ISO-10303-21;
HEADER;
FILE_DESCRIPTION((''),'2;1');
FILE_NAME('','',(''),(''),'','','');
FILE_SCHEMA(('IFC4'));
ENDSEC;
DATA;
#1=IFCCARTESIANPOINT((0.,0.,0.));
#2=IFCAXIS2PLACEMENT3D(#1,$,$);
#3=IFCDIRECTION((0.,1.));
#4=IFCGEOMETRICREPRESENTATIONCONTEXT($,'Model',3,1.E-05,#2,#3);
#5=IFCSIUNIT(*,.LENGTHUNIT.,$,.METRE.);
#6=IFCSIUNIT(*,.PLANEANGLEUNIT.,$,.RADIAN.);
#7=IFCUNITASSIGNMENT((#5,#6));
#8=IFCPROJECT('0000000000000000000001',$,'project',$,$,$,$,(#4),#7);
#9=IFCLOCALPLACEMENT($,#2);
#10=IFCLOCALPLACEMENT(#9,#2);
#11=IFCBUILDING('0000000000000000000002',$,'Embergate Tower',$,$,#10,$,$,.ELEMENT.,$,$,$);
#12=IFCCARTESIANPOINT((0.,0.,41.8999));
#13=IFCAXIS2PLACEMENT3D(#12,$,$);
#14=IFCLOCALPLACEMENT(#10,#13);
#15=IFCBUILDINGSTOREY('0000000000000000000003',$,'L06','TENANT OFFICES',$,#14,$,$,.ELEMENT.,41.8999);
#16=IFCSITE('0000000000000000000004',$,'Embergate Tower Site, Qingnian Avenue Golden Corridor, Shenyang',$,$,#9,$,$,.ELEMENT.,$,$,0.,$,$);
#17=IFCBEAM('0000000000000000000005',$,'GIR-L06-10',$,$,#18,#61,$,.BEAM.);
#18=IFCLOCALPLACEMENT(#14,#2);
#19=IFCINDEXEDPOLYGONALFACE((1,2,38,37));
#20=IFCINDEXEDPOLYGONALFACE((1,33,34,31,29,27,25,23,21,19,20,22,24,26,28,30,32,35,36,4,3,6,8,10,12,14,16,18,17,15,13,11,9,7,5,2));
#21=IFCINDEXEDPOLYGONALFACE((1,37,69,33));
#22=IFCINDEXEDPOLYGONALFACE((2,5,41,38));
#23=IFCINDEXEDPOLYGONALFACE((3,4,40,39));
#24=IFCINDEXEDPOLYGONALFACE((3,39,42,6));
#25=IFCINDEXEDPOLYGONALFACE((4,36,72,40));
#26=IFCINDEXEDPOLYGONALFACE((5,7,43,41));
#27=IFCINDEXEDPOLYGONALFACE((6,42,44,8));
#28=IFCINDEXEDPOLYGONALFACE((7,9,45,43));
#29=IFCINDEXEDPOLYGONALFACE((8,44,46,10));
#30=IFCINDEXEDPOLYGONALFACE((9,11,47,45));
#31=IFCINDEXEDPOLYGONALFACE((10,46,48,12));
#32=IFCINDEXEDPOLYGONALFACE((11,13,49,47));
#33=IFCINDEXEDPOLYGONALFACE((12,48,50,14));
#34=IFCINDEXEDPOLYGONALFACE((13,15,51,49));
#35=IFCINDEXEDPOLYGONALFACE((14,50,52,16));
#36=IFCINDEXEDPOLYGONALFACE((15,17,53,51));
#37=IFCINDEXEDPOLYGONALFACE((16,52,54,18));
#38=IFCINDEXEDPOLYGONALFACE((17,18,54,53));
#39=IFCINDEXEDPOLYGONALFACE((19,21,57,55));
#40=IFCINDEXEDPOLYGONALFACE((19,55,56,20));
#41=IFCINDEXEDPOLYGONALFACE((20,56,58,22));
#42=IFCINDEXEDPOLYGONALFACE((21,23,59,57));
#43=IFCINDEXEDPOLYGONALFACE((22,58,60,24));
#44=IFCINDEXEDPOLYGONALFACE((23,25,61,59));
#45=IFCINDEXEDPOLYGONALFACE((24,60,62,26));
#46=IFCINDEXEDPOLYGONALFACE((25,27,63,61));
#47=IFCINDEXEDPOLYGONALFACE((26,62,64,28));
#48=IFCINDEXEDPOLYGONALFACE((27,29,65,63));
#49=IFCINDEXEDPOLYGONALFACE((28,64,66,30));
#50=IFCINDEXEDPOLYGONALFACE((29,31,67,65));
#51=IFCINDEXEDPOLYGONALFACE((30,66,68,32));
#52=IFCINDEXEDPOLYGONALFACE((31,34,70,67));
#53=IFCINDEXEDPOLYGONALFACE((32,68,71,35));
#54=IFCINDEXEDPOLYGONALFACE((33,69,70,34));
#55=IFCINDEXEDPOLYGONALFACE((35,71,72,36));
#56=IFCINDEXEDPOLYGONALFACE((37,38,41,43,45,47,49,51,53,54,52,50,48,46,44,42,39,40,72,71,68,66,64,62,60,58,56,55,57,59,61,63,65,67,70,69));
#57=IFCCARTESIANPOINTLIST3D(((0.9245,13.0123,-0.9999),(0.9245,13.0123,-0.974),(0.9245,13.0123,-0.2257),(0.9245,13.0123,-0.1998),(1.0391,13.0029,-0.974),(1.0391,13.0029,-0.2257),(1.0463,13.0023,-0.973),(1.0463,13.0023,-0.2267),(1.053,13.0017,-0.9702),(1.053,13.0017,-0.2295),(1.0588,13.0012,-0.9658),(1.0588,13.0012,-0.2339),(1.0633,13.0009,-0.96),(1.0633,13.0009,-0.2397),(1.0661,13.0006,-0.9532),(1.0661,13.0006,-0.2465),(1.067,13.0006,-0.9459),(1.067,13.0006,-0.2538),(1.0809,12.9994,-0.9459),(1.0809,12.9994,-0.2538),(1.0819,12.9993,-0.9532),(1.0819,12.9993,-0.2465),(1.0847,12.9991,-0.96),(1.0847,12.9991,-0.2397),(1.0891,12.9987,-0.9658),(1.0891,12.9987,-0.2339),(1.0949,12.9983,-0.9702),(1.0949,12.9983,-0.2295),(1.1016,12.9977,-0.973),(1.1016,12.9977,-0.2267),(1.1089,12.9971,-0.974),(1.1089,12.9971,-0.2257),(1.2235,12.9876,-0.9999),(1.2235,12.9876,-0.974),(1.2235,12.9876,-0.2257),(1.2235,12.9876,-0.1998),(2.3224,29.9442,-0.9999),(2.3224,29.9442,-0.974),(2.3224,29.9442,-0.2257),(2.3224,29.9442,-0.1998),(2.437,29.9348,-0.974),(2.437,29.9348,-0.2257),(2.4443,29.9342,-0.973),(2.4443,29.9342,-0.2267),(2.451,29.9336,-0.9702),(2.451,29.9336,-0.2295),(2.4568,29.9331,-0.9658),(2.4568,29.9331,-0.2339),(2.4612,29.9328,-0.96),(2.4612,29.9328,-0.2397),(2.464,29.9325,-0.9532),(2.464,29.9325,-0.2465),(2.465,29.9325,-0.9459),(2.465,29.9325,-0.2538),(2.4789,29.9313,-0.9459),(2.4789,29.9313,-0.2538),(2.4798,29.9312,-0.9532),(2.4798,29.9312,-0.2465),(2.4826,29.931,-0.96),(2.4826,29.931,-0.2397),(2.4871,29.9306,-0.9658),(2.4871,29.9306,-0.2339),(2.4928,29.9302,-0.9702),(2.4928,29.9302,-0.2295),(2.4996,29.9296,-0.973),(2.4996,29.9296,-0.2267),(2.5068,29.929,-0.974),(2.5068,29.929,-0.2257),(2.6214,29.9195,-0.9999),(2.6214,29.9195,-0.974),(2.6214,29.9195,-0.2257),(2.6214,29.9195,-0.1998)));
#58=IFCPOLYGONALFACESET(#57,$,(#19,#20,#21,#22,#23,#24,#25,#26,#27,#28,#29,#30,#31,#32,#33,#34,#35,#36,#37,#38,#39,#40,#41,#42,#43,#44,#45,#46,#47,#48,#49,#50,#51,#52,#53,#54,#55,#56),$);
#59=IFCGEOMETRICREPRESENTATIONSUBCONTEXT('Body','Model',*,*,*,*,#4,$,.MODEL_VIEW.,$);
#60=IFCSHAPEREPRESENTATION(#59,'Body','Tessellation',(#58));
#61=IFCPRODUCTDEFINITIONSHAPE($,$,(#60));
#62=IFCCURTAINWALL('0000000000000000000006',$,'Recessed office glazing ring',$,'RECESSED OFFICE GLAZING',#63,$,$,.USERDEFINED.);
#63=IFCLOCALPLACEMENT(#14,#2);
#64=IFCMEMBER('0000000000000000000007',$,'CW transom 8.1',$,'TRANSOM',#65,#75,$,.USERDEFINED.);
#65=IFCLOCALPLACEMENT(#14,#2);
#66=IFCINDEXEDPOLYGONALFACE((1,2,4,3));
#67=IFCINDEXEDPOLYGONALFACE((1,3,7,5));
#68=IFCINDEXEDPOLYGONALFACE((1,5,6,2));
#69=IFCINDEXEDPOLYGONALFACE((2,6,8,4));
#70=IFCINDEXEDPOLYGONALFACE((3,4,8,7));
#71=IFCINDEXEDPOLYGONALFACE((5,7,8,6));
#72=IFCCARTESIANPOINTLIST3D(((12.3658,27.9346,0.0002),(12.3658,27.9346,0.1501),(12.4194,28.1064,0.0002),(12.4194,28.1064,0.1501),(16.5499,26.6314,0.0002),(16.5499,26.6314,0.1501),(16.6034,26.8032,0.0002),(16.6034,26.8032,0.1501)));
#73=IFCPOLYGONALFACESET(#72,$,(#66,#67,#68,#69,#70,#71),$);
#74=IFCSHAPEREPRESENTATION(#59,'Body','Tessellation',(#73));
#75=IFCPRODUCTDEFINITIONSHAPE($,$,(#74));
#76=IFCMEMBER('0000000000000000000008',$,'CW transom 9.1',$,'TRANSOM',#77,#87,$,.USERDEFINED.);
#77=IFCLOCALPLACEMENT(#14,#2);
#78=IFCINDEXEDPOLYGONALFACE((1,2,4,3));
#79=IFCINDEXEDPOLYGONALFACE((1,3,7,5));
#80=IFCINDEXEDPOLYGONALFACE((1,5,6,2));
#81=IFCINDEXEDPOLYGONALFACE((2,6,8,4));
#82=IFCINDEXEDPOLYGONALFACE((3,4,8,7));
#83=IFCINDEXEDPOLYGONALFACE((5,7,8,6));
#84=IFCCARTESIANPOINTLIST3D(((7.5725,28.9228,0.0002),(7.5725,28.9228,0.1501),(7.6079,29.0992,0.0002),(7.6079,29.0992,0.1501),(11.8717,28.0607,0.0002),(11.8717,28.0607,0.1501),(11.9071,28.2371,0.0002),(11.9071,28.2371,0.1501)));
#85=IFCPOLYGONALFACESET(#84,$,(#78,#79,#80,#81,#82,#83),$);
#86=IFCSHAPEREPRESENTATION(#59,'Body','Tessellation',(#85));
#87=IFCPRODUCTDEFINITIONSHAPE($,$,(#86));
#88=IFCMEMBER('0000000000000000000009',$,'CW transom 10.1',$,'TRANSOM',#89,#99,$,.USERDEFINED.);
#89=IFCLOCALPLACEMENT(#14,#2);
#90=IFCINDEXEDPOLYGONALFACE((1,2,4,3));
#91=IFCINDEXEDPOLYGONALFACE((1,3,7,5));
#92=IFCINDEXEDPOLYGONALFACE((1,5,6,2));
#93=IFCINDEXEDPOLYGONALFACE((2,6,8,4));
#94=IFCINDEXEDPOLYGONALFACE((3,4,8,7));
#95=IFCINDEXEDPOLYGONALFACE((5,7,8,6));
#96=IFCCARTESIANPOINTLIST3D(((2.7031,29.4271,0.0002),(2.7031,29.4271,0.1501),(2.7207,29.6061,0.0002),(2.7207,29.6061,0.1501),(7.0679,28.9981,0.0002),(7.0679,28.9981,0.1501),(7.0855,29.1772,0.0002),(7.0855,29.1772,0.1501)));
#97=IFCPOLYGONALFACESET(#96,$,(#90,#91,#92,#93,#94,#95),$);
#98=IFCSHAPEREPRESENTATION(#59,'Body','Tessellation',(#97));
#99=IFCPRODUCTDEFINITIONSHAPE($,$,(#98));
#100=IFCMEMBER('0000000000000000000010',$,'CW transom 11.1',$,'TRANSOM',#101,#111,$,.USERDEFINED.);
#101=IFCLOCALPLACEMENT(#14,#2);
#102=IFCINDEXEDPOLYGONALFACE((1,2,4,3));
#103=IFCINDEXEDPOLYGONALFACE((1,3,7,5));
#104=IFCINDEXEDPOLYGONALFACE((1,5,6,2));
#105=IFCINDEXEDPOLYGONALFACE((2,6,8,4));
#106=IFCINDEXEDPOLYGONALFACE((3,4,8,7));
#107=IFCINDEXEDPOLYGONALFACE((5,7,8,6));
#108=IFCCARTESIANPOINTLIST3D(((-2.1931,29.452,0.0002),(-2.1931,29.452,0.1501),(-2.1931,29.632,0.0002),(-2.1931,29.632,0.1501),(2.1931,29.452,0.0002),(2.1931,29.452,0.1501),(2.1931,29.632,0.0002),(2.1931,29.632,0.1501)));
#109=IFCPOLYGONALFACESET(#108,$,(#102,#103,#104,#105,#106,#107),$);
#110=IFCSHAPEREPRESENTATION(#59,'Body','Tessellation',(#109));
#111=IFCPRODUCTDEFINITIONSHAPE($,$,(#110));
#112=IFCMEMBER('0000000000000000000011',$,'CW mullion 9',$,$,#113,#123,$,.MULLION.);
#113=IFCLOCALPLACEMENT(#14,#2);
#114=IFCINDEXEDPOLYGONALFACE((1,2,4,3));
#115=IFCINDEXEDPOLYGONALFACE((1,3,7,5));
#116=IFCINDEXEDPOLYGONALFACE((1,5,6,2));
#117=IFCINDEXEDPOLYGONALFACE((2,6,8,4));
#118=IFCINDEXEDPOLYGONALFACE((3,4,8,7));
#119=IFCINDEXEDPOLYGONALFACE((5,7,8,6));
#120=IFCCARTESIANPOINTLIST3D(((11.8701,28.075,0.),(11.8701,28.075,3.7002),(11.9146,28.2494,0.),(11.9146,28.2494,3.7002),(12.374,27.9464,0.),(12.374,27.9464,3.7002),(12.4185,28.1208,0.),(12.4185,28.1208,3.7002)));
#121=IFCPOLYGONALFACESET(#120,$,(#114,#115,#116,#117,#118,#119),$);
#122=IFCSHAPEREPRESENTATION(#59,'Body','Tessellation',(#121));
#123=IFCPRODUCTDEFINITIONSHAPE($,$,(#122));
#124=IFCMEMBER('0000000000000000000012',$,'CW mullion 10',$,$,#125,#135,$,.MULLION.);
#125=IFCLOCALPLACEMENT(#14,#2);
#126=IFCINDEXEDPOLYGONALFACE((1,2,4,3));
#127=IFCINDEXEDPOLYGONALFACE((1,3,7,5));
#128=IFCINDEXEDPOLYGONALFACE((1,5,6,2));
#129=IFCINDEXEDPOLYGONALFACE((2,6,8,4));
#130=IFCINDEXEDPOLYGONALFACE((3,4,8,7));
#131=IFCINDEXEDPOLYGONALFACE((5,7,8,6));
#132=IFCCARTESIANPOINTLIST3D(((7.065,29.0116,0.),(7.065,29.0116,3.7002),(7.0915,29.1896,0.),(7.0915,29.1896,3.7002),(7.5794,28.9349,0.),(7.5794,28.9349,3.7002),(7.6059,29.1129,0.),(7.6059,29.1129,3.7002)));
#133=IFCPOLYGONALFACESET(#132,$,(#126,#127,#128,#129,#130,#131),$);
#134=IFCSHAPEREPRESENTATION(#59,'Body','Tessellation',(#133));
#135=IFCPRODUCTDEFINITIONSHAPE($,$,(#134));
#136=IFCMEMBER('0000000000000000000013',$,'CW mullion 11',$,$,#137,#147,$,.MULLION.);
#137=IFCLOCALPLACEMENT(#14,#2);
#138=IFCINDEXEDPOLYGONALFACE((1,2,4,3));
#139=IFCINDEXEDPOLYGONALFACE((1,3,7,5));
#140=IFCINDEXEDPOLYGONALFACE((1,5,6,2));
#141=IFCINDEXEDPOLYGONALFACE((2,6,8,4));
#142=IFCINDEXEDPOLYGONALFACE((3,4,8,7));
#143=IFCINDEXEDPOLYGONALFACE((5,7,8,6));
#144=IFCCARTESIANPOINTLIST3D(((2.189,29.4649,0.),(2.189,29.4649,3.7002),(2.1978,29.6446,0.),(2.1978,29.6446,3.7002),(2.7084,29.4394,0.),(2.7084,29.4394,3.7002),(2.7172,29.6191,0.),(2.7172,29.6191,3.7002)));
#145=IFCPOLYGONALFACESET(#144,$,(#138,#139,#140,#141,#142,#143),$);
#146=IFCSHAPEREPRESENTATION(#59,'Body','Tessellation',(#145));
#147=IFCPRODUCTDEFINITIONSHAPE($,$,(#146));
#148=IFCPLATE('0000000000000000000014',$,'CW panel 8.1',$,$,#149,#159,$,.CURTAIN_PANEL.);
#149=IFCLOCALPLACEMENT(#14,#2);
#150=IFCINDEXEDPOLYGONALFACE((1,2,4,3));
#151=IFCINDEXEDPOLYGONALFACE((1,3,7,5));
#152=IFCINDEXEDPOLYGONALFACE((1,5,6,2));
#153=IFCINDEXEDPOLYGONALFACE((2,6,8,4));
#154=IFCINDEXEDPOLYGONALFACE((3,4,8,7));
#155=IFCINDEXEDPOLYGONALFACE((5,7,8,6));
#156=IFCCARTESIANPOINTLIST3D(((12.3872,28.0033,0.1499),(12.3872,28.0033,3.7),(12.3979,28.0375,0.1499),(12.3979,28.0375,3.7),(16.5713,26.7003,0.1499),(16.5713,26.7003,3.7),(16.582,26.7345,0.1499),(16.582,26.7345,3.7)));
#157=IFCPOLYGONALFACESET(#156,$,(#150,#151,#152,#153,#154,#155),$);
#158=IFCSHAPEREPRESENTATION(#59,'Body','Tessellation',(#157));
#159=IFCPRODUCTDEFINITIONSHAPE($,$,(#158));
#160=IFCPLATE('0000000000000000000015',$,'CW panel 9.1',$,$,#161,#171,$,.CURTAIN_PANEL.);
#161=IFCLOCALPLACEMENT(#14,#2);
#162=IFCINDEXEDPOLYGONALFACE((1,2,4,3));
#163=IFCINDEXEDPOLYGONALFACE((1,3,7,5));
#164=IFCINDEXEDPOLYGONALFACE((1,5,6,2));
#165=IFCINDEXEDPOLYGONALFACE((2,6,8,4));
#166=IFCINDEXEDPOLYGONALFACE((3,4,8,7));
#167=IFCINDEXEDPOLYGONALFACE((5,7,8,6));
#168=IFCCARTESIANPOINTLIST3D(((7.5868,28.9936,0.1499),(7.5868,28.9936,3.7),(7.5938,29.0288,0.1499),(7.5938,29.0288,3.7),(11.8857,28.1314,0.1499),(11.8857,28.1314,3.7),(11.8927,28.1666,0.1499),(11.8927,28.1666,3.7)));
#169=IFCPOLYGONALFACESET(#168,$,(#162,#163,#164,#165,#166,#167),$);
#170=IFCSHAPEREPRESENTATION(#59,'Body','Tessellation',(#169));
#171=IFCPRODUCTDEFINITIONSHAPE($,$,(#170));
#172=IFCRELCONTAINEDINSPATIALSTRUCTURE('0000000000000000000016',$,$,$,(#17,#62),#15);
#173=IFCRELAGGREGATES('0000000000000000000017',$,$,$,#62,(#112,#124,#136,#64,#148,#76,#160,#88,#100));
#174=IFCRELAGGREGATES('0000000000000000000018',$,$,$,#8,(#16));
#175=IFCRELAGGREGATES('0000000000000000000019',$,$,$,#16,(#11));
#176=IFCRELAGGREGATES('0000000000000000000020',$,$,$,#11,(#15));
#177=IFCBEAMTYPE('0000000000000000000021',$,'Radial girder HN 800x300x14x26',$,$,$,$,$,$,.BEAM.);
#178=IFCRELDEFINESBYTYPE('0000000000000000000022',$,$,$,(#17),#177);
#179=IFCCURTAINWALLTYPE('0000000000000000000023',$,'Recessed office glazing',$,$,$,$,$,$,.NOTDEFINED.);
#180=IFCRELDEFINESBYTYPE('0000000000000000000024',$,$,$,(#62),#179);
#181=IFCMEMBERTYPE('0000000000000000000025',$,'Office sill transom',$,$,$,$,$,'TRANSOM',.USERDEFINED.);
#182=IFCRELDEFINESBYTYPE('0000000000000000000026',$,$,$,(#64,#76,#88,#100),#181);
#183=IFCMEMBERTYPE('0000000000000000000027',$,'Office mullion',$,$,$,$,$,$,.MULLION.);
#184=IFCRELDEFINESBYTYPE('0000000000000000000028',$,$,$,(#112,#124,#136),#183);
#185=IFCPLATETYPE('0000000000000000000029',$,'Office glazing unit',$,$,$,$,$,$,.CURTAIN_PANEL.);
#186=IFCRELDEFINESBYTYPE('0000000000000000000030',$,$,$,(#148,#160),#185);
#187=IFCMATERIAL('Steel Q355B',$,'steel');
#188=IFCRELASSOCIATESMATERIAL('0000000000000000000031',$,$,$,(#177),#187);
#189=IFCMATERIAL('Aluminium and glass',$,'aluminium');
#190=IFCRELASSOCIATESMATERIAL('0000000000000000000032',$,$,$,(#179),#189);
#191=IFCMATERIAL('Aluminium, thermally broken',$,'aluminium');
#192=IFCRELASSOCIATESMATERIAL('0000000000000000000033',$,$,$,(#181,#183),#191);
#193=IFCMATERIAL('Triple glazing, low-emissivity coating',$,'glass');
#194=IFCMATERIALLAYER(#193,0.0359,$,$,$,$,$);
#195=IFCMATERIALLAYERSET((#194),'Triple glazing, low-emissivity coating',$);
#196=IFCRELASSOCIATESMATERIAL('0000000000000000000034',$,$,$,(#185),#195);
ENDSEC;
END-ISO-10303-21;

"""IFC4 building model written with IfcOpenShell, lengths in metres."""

from ifc_helpers import new_model, si_unit, direction, frame, origin, origin_2d, place, context, subcontext, project, spatial, rectangle, i_section, extrude, source, transform, mapped, material, layer, layer_set, material_profile, profile_set, type_object, element, aggregate, save


model = new_model("IFC4")

# Units and contexts
model_context = context("Model", 3, precision=1e-05, world=origin(), true_north=direction((0.0, 1.0)))
body_context = subcontext(model_context, "Body", "Model", "MODEL_VIEW")
ifc_project = project(units=[si_unit("LENGTHUNIT", "METRE"), si_unit("PLANEANGLEUNIT", "RADIAN")], contexts=[model_context])

# Site, building, storey
site_placement = place(None, origin())
site = spatial("IfcSite", under=ifc_project, at=site_placement, Name="Embergate Tower Site, Qingnian Avenue Golden Corridor, Shenyang", CompositionType="ELEMENT", RefElevation=0.0)
building_placement = place(site_placement, origin())
building = spatial("IfcBuilding", under=site, at=building_placement, Name="Embergate Tower", CompositionType="ELEMENT")
storey_placement = place(building_placement, frame((0.0, 0.0, 41.8999)))
storey = spatial("IfcBuildingStorey", under=building, at=storey_placement, Name="L06", Description="TENANT OFFICES", CompositionType="ELEMENT", Elevation=41.8999)

# Beam
ifc_material_1 = material(Name="Steel Q355B", Category="steel")
ifc_material_profile_1 = material_profile(ifc_material_1, i_section(OverallWidth=0.3, OverallDepth=0.8, WebThickness=0.0139, FlangeThickness=0.0259, FilletRadius=0.0281, at=origin_2d()), Name="HN 800x300x14x26")
ifc_profile_set_1 = profile_set([ifc_material_profile_1], Name="Steel Q355 grade B")
beam_type_1 = type_object("IfcBeamType", Name="Radial girder HN 800x300x14x26", PredefinedType="BEAM", material=ifc_profile_set_1)
shared_shape_1 = source(origin(), body_context, "Body", "SweptSolid", [
    extrude(i_section(OverallWidth=0.3, OverallDepth=0.8, WebThickness=0.0139, FlangeThickness=0.0259, FilletRadius=0.0281, at=origin_2d()), origin(), (0.0, 0.0, 1.0), 16.9895),
])
beam_1_placement = place(storey_placement, frame((2.4719, 29.9319, -0.5999), z_axis=(-0.082283, -0.996609, 0.0), x_axis=(0.996609, -0.082283, 0.0)))
element("IfcBeam", 1, at=beam_1_placement, inside=storey, type_object=beam_type_1, Name="GIR-L06-10", PredefinedType="BEAM", context=body_context, shape_type="MappedRepresentation", body=[
    mapped(shared_shape_1, transform((0.0, 0.0, 0.0))),
])

# Curtain wall, members, plates
ifc_material_2 = material(Name="Aluminium and glass", Category="aluminium")
curtain_wall_type = type_object("IfcCurtainWallType", Name="Recessed office glazing", PredefinedType="NOTDEFINED", material=ifc_material_2)
curtain_wall_placement = place(storey_placement, origin())
curtain_wall = element("IfcCurtainWall", 2, at=curtain_wall_placement, inside=storey, type_object=curtain_wall_type, Name="Recessed office glazing ring", ObjectType="RECESSED OFFICE GLAZING", PredefinedType="USERDEFINED")
ifc_material_3 = material(Name="Aluminium, thermally broken", Category="aluminium")
ifc_material_profile_2 = material_profile(ifc_material_3, rectangle(XDim=0.1799, YDim=0.1499, at=origin_2d()), Name="AL 150x180")
ifc_profile_set_2 = profile_set([ifc_material_profile_2], Name="Aluminium, thermally broken")
member_type_1 = type_object("IfcMemberType", Name="Office sill transom", ElementType="TRANSOM", PredefinedType="USERDEFINED", material=ifc_profile_set_2)
shared_shape_2 = source(origin(), body_context, "Body", "SweptSolid", [
    extrude(rectangle(XDim=0.1799, YDim=0.1499, at=origin_2d()), origin(), (0.0, 0.0, 1.0), 4.3823),
])
member_1_placement = place(storey_placement, frame((16.5767, 26.7173, 0.0752), z_axis=(-0.954759, 0.29738, 0.0), x_axis=(-0.29738, -0.954759, 0.0)))
member_1 = element("IfcMember", 3, at=member_1_placement, type_object=member_type_1, Name="CW transom 8.1", ObjectType="TRANSOM", PredefinedType="USERDEFINED", context=body_context, shape_type="MappedRepresentation", body=[
    mapped(shared_shape_2, transform((0.0, 0.0, 0.0))),
])
shared_shape_3 = source(origin(), body_context, "Body", "SweptSolid", [
    extrude(rectangle(XDim=0.1799, YDim=0.1499, at=origin_2d()), origin(), (0.0, 0.0, 1.0), 4.3848),
])
member_2_placement = place(storey_placement, frame((11.8894, 28.1489, 0.0752), z_axis=(-0.980482, 0.196609, 0.0), x_axis=(-0.196609, -0.980482, 0.0)))
member_2 = element("IfcMember", 4, at=member_2_placement, type_object=member_type_1, Name="CW transom 9.1", ObjectType="TRANSOM", PredefinedType="USERDEFINED", context=body_context, shape_type="MappedRepresentation", body=[
    mapped(shared_shape_3, transform((0.0, 0.0, 0.0))),
])
shared_shape_4 = source(origin(), body_context, "Body", "SweptSolid", [
    extrude(rectangle(XDim=0.1799, YDim=0.1499, at=origin_2d()), origin(), (0.0, 0.0, 1.0), 4.3857),
])
member_3_placement = place(storey_placement, frame((7.0767, 29.0876, 0.0752), z_axis=(-0.995205, 0.097806, 0.0), x_axis=(-0.097806, -0.995205, 0.0)))
member_3 = element("IfcMember", 5, at=member_3_placement, type_object=member_type_1, Name="CW transom 10.1", ObjectType="TRANSOM", PredefinedType="USERDEFINED", context=body_context, shape_type="MappedRepresentation", body=[
    mapped(shared_shape_4, transform((0.0, 0.0, 0.0))),
])
shared_shape_5 = source(origin(), body_context, "Body", "SweptSolid", [
    extrude(rectangle(XDim=0.1799, YDim=0.1499, at=origin_2d()), origin(), (0.0, 0.0, 1.0), 4.3862),
])
member_4_placement = place(storey_placement, frame((2.1931, 29.542, 0.0752), z_axis=(-1.0, 0.0, 0.0), x_axis=(0.0, -1.0, 0.0)))
member_4 = element("IfcMember", 6, at=member_4_placement, type_object=member_type_1, Name="CW transom 11.1", ObjectType="TRANSOM", PredefinedType="USERDEFINED", context=body_context, shape_type="MappedRepresentation", body=[
    mapped(shared_shape_5, transform((0.0, 0.0, 0.0))),
])
ifc_material_profile_3 = material_profile(ifc_material_3, rectangle(XDim=0.1799, YDim=0.52, at=origin_2d()), Name="AL 520x180")
ifc_profile_set_3 = profile_set([ifc_material_profile_3], Name="Aluminium, thermally broken")
member_type_2 = type_object("IfcMemberType", Name="Office mullion", PredefinedType="MULLION", material=ifc_profile_set_3)
shared_shape_6 = source(origin(), body_context, "Body", "SweptSolid", [
    extrude(rectangle(XDim=0.1799, YDim=0.52, at=origin_2d()), origin(), (0.0, 0.0, 1.0), 3.7002),
])
member_5_placement = place(storey_placement, frame((12.1443, 28.0979, 0.0), z_axis=(0.0, 0.0, 1.0), x_axis=(-0.24731, -0.968936, 0.0)))
member_5 = element("IfcMember", 7, at=member_5_placement, type_object=member_type_2, Name="CW mullion 9", PredefinedType="MULLION", context=body_context, shape_type="MappedRepresentation", body=[
    mapped(shared_shape_6, transform((0.0, 0.0, 0.0))),
])
member_6_placement = place(storey_placement, frame((7.3354, 29.0623, 0.0), z_axis=(0.0, 0.0, 1.0), x_axis=(-0.147411, -0.989075, 0.0)))
member_6 = element("IfcMember", 8, at=member_6_placement, type_object=member_type_2, Name="CW mullion 10", PredefinedType="MULLION", context=body_context, shape_type="MappedRepresentation", body=[
    mapped(shared_shape_6, transform((0.0, 0.0, 0.0))),
])
member_7_placement = place(storey_placement, frame((2.4531, 29.542, 0.0), z_axis=(0.0, 0.0, 1.0), x_axis=(-0.048972, -0.9988, 0.0)))
member_7 = element("IfcMember", 9, at=member_7_placement, type_object=member_type_2, Name="CW mullion 11", PredefinedType="MULLION", context=body_context, shape_type="MappedRepresentation", body=[
    mapped(shared_shape_6, transform((0.0, 0.0, 0.0))),
])
ifc_material_4 = material(Name="Triple glazing, low-emissivity coating", Category="glass")
ifc_layer_1 = layer(ifc_material_4, 0.0359)
ifc_layer_set_1 = layer_set([ifc_layer_1], Name="Triple glazing, low-emissivity coating")
plate_type = type_object("IfcPlateType", Name="Office glazing unit", PredefinedType="CURTAIN_PANEL", material=ifc_layer_set_1)
shared_shape_7 = source(origin(), body_context, "Body", "SweptSolid", [
    extrude(rectangle(XDim=4.3823, YDim=0.0359, at=origin_2d()), origin(), (0.0, 0.0, 1.0), 3.55),
])
plate_1_placement = place(storey_placement, frame((14.4846, 27.3689, 0.1499), z_axis=(0.0, 0.0, 1.0), x_axis=(-0.954773, 0.297337, 0.0)))
plate_1 = element("IfcPlate", 10, at=plate_1_placement, type_object=plate_type, Name="CW panel 8.1", PredefinedType="CURTAIN_PANEL", context=body_context, shape_type="MappedRepresentation", body=[
    mapped(shared_shape_7, transform((0.0, 0.0, 0.0))),
])
shared_shape_8 = source(origin(), body_context, "Body", "SweptSolid", [
    extrude(rectangle(XDim=4.3845, YDim=0.0359, at=origin_2d()), origin(), (0.0, 0.0, 1.0), 3.55),
])
plate_2_placement = place(storey_placement, frame((9.7397, 28.5801, 0.1499), z_axis=(0.0, 0.0, 1.0), x_axis=(-0.980476, 0.196639, 0.0)))
plate_2 = element("IfcPlate", 11, at=plate_2_placement, type_object=plate_type, Name="CW panel 9.1", PredefinedType="CURTAIN_PANEL", context=body_context, shape_type="MappedRepresentation", body=[
    mapped(shared_shape_8, transform((0.0, 0.0, 0.0))),
])
aggregate(curtain_wall, [member_5, member_6, member_7, member_1, plate_1, member_2, plate_2, member_3, member_4])

save(model, "model.ifc")
